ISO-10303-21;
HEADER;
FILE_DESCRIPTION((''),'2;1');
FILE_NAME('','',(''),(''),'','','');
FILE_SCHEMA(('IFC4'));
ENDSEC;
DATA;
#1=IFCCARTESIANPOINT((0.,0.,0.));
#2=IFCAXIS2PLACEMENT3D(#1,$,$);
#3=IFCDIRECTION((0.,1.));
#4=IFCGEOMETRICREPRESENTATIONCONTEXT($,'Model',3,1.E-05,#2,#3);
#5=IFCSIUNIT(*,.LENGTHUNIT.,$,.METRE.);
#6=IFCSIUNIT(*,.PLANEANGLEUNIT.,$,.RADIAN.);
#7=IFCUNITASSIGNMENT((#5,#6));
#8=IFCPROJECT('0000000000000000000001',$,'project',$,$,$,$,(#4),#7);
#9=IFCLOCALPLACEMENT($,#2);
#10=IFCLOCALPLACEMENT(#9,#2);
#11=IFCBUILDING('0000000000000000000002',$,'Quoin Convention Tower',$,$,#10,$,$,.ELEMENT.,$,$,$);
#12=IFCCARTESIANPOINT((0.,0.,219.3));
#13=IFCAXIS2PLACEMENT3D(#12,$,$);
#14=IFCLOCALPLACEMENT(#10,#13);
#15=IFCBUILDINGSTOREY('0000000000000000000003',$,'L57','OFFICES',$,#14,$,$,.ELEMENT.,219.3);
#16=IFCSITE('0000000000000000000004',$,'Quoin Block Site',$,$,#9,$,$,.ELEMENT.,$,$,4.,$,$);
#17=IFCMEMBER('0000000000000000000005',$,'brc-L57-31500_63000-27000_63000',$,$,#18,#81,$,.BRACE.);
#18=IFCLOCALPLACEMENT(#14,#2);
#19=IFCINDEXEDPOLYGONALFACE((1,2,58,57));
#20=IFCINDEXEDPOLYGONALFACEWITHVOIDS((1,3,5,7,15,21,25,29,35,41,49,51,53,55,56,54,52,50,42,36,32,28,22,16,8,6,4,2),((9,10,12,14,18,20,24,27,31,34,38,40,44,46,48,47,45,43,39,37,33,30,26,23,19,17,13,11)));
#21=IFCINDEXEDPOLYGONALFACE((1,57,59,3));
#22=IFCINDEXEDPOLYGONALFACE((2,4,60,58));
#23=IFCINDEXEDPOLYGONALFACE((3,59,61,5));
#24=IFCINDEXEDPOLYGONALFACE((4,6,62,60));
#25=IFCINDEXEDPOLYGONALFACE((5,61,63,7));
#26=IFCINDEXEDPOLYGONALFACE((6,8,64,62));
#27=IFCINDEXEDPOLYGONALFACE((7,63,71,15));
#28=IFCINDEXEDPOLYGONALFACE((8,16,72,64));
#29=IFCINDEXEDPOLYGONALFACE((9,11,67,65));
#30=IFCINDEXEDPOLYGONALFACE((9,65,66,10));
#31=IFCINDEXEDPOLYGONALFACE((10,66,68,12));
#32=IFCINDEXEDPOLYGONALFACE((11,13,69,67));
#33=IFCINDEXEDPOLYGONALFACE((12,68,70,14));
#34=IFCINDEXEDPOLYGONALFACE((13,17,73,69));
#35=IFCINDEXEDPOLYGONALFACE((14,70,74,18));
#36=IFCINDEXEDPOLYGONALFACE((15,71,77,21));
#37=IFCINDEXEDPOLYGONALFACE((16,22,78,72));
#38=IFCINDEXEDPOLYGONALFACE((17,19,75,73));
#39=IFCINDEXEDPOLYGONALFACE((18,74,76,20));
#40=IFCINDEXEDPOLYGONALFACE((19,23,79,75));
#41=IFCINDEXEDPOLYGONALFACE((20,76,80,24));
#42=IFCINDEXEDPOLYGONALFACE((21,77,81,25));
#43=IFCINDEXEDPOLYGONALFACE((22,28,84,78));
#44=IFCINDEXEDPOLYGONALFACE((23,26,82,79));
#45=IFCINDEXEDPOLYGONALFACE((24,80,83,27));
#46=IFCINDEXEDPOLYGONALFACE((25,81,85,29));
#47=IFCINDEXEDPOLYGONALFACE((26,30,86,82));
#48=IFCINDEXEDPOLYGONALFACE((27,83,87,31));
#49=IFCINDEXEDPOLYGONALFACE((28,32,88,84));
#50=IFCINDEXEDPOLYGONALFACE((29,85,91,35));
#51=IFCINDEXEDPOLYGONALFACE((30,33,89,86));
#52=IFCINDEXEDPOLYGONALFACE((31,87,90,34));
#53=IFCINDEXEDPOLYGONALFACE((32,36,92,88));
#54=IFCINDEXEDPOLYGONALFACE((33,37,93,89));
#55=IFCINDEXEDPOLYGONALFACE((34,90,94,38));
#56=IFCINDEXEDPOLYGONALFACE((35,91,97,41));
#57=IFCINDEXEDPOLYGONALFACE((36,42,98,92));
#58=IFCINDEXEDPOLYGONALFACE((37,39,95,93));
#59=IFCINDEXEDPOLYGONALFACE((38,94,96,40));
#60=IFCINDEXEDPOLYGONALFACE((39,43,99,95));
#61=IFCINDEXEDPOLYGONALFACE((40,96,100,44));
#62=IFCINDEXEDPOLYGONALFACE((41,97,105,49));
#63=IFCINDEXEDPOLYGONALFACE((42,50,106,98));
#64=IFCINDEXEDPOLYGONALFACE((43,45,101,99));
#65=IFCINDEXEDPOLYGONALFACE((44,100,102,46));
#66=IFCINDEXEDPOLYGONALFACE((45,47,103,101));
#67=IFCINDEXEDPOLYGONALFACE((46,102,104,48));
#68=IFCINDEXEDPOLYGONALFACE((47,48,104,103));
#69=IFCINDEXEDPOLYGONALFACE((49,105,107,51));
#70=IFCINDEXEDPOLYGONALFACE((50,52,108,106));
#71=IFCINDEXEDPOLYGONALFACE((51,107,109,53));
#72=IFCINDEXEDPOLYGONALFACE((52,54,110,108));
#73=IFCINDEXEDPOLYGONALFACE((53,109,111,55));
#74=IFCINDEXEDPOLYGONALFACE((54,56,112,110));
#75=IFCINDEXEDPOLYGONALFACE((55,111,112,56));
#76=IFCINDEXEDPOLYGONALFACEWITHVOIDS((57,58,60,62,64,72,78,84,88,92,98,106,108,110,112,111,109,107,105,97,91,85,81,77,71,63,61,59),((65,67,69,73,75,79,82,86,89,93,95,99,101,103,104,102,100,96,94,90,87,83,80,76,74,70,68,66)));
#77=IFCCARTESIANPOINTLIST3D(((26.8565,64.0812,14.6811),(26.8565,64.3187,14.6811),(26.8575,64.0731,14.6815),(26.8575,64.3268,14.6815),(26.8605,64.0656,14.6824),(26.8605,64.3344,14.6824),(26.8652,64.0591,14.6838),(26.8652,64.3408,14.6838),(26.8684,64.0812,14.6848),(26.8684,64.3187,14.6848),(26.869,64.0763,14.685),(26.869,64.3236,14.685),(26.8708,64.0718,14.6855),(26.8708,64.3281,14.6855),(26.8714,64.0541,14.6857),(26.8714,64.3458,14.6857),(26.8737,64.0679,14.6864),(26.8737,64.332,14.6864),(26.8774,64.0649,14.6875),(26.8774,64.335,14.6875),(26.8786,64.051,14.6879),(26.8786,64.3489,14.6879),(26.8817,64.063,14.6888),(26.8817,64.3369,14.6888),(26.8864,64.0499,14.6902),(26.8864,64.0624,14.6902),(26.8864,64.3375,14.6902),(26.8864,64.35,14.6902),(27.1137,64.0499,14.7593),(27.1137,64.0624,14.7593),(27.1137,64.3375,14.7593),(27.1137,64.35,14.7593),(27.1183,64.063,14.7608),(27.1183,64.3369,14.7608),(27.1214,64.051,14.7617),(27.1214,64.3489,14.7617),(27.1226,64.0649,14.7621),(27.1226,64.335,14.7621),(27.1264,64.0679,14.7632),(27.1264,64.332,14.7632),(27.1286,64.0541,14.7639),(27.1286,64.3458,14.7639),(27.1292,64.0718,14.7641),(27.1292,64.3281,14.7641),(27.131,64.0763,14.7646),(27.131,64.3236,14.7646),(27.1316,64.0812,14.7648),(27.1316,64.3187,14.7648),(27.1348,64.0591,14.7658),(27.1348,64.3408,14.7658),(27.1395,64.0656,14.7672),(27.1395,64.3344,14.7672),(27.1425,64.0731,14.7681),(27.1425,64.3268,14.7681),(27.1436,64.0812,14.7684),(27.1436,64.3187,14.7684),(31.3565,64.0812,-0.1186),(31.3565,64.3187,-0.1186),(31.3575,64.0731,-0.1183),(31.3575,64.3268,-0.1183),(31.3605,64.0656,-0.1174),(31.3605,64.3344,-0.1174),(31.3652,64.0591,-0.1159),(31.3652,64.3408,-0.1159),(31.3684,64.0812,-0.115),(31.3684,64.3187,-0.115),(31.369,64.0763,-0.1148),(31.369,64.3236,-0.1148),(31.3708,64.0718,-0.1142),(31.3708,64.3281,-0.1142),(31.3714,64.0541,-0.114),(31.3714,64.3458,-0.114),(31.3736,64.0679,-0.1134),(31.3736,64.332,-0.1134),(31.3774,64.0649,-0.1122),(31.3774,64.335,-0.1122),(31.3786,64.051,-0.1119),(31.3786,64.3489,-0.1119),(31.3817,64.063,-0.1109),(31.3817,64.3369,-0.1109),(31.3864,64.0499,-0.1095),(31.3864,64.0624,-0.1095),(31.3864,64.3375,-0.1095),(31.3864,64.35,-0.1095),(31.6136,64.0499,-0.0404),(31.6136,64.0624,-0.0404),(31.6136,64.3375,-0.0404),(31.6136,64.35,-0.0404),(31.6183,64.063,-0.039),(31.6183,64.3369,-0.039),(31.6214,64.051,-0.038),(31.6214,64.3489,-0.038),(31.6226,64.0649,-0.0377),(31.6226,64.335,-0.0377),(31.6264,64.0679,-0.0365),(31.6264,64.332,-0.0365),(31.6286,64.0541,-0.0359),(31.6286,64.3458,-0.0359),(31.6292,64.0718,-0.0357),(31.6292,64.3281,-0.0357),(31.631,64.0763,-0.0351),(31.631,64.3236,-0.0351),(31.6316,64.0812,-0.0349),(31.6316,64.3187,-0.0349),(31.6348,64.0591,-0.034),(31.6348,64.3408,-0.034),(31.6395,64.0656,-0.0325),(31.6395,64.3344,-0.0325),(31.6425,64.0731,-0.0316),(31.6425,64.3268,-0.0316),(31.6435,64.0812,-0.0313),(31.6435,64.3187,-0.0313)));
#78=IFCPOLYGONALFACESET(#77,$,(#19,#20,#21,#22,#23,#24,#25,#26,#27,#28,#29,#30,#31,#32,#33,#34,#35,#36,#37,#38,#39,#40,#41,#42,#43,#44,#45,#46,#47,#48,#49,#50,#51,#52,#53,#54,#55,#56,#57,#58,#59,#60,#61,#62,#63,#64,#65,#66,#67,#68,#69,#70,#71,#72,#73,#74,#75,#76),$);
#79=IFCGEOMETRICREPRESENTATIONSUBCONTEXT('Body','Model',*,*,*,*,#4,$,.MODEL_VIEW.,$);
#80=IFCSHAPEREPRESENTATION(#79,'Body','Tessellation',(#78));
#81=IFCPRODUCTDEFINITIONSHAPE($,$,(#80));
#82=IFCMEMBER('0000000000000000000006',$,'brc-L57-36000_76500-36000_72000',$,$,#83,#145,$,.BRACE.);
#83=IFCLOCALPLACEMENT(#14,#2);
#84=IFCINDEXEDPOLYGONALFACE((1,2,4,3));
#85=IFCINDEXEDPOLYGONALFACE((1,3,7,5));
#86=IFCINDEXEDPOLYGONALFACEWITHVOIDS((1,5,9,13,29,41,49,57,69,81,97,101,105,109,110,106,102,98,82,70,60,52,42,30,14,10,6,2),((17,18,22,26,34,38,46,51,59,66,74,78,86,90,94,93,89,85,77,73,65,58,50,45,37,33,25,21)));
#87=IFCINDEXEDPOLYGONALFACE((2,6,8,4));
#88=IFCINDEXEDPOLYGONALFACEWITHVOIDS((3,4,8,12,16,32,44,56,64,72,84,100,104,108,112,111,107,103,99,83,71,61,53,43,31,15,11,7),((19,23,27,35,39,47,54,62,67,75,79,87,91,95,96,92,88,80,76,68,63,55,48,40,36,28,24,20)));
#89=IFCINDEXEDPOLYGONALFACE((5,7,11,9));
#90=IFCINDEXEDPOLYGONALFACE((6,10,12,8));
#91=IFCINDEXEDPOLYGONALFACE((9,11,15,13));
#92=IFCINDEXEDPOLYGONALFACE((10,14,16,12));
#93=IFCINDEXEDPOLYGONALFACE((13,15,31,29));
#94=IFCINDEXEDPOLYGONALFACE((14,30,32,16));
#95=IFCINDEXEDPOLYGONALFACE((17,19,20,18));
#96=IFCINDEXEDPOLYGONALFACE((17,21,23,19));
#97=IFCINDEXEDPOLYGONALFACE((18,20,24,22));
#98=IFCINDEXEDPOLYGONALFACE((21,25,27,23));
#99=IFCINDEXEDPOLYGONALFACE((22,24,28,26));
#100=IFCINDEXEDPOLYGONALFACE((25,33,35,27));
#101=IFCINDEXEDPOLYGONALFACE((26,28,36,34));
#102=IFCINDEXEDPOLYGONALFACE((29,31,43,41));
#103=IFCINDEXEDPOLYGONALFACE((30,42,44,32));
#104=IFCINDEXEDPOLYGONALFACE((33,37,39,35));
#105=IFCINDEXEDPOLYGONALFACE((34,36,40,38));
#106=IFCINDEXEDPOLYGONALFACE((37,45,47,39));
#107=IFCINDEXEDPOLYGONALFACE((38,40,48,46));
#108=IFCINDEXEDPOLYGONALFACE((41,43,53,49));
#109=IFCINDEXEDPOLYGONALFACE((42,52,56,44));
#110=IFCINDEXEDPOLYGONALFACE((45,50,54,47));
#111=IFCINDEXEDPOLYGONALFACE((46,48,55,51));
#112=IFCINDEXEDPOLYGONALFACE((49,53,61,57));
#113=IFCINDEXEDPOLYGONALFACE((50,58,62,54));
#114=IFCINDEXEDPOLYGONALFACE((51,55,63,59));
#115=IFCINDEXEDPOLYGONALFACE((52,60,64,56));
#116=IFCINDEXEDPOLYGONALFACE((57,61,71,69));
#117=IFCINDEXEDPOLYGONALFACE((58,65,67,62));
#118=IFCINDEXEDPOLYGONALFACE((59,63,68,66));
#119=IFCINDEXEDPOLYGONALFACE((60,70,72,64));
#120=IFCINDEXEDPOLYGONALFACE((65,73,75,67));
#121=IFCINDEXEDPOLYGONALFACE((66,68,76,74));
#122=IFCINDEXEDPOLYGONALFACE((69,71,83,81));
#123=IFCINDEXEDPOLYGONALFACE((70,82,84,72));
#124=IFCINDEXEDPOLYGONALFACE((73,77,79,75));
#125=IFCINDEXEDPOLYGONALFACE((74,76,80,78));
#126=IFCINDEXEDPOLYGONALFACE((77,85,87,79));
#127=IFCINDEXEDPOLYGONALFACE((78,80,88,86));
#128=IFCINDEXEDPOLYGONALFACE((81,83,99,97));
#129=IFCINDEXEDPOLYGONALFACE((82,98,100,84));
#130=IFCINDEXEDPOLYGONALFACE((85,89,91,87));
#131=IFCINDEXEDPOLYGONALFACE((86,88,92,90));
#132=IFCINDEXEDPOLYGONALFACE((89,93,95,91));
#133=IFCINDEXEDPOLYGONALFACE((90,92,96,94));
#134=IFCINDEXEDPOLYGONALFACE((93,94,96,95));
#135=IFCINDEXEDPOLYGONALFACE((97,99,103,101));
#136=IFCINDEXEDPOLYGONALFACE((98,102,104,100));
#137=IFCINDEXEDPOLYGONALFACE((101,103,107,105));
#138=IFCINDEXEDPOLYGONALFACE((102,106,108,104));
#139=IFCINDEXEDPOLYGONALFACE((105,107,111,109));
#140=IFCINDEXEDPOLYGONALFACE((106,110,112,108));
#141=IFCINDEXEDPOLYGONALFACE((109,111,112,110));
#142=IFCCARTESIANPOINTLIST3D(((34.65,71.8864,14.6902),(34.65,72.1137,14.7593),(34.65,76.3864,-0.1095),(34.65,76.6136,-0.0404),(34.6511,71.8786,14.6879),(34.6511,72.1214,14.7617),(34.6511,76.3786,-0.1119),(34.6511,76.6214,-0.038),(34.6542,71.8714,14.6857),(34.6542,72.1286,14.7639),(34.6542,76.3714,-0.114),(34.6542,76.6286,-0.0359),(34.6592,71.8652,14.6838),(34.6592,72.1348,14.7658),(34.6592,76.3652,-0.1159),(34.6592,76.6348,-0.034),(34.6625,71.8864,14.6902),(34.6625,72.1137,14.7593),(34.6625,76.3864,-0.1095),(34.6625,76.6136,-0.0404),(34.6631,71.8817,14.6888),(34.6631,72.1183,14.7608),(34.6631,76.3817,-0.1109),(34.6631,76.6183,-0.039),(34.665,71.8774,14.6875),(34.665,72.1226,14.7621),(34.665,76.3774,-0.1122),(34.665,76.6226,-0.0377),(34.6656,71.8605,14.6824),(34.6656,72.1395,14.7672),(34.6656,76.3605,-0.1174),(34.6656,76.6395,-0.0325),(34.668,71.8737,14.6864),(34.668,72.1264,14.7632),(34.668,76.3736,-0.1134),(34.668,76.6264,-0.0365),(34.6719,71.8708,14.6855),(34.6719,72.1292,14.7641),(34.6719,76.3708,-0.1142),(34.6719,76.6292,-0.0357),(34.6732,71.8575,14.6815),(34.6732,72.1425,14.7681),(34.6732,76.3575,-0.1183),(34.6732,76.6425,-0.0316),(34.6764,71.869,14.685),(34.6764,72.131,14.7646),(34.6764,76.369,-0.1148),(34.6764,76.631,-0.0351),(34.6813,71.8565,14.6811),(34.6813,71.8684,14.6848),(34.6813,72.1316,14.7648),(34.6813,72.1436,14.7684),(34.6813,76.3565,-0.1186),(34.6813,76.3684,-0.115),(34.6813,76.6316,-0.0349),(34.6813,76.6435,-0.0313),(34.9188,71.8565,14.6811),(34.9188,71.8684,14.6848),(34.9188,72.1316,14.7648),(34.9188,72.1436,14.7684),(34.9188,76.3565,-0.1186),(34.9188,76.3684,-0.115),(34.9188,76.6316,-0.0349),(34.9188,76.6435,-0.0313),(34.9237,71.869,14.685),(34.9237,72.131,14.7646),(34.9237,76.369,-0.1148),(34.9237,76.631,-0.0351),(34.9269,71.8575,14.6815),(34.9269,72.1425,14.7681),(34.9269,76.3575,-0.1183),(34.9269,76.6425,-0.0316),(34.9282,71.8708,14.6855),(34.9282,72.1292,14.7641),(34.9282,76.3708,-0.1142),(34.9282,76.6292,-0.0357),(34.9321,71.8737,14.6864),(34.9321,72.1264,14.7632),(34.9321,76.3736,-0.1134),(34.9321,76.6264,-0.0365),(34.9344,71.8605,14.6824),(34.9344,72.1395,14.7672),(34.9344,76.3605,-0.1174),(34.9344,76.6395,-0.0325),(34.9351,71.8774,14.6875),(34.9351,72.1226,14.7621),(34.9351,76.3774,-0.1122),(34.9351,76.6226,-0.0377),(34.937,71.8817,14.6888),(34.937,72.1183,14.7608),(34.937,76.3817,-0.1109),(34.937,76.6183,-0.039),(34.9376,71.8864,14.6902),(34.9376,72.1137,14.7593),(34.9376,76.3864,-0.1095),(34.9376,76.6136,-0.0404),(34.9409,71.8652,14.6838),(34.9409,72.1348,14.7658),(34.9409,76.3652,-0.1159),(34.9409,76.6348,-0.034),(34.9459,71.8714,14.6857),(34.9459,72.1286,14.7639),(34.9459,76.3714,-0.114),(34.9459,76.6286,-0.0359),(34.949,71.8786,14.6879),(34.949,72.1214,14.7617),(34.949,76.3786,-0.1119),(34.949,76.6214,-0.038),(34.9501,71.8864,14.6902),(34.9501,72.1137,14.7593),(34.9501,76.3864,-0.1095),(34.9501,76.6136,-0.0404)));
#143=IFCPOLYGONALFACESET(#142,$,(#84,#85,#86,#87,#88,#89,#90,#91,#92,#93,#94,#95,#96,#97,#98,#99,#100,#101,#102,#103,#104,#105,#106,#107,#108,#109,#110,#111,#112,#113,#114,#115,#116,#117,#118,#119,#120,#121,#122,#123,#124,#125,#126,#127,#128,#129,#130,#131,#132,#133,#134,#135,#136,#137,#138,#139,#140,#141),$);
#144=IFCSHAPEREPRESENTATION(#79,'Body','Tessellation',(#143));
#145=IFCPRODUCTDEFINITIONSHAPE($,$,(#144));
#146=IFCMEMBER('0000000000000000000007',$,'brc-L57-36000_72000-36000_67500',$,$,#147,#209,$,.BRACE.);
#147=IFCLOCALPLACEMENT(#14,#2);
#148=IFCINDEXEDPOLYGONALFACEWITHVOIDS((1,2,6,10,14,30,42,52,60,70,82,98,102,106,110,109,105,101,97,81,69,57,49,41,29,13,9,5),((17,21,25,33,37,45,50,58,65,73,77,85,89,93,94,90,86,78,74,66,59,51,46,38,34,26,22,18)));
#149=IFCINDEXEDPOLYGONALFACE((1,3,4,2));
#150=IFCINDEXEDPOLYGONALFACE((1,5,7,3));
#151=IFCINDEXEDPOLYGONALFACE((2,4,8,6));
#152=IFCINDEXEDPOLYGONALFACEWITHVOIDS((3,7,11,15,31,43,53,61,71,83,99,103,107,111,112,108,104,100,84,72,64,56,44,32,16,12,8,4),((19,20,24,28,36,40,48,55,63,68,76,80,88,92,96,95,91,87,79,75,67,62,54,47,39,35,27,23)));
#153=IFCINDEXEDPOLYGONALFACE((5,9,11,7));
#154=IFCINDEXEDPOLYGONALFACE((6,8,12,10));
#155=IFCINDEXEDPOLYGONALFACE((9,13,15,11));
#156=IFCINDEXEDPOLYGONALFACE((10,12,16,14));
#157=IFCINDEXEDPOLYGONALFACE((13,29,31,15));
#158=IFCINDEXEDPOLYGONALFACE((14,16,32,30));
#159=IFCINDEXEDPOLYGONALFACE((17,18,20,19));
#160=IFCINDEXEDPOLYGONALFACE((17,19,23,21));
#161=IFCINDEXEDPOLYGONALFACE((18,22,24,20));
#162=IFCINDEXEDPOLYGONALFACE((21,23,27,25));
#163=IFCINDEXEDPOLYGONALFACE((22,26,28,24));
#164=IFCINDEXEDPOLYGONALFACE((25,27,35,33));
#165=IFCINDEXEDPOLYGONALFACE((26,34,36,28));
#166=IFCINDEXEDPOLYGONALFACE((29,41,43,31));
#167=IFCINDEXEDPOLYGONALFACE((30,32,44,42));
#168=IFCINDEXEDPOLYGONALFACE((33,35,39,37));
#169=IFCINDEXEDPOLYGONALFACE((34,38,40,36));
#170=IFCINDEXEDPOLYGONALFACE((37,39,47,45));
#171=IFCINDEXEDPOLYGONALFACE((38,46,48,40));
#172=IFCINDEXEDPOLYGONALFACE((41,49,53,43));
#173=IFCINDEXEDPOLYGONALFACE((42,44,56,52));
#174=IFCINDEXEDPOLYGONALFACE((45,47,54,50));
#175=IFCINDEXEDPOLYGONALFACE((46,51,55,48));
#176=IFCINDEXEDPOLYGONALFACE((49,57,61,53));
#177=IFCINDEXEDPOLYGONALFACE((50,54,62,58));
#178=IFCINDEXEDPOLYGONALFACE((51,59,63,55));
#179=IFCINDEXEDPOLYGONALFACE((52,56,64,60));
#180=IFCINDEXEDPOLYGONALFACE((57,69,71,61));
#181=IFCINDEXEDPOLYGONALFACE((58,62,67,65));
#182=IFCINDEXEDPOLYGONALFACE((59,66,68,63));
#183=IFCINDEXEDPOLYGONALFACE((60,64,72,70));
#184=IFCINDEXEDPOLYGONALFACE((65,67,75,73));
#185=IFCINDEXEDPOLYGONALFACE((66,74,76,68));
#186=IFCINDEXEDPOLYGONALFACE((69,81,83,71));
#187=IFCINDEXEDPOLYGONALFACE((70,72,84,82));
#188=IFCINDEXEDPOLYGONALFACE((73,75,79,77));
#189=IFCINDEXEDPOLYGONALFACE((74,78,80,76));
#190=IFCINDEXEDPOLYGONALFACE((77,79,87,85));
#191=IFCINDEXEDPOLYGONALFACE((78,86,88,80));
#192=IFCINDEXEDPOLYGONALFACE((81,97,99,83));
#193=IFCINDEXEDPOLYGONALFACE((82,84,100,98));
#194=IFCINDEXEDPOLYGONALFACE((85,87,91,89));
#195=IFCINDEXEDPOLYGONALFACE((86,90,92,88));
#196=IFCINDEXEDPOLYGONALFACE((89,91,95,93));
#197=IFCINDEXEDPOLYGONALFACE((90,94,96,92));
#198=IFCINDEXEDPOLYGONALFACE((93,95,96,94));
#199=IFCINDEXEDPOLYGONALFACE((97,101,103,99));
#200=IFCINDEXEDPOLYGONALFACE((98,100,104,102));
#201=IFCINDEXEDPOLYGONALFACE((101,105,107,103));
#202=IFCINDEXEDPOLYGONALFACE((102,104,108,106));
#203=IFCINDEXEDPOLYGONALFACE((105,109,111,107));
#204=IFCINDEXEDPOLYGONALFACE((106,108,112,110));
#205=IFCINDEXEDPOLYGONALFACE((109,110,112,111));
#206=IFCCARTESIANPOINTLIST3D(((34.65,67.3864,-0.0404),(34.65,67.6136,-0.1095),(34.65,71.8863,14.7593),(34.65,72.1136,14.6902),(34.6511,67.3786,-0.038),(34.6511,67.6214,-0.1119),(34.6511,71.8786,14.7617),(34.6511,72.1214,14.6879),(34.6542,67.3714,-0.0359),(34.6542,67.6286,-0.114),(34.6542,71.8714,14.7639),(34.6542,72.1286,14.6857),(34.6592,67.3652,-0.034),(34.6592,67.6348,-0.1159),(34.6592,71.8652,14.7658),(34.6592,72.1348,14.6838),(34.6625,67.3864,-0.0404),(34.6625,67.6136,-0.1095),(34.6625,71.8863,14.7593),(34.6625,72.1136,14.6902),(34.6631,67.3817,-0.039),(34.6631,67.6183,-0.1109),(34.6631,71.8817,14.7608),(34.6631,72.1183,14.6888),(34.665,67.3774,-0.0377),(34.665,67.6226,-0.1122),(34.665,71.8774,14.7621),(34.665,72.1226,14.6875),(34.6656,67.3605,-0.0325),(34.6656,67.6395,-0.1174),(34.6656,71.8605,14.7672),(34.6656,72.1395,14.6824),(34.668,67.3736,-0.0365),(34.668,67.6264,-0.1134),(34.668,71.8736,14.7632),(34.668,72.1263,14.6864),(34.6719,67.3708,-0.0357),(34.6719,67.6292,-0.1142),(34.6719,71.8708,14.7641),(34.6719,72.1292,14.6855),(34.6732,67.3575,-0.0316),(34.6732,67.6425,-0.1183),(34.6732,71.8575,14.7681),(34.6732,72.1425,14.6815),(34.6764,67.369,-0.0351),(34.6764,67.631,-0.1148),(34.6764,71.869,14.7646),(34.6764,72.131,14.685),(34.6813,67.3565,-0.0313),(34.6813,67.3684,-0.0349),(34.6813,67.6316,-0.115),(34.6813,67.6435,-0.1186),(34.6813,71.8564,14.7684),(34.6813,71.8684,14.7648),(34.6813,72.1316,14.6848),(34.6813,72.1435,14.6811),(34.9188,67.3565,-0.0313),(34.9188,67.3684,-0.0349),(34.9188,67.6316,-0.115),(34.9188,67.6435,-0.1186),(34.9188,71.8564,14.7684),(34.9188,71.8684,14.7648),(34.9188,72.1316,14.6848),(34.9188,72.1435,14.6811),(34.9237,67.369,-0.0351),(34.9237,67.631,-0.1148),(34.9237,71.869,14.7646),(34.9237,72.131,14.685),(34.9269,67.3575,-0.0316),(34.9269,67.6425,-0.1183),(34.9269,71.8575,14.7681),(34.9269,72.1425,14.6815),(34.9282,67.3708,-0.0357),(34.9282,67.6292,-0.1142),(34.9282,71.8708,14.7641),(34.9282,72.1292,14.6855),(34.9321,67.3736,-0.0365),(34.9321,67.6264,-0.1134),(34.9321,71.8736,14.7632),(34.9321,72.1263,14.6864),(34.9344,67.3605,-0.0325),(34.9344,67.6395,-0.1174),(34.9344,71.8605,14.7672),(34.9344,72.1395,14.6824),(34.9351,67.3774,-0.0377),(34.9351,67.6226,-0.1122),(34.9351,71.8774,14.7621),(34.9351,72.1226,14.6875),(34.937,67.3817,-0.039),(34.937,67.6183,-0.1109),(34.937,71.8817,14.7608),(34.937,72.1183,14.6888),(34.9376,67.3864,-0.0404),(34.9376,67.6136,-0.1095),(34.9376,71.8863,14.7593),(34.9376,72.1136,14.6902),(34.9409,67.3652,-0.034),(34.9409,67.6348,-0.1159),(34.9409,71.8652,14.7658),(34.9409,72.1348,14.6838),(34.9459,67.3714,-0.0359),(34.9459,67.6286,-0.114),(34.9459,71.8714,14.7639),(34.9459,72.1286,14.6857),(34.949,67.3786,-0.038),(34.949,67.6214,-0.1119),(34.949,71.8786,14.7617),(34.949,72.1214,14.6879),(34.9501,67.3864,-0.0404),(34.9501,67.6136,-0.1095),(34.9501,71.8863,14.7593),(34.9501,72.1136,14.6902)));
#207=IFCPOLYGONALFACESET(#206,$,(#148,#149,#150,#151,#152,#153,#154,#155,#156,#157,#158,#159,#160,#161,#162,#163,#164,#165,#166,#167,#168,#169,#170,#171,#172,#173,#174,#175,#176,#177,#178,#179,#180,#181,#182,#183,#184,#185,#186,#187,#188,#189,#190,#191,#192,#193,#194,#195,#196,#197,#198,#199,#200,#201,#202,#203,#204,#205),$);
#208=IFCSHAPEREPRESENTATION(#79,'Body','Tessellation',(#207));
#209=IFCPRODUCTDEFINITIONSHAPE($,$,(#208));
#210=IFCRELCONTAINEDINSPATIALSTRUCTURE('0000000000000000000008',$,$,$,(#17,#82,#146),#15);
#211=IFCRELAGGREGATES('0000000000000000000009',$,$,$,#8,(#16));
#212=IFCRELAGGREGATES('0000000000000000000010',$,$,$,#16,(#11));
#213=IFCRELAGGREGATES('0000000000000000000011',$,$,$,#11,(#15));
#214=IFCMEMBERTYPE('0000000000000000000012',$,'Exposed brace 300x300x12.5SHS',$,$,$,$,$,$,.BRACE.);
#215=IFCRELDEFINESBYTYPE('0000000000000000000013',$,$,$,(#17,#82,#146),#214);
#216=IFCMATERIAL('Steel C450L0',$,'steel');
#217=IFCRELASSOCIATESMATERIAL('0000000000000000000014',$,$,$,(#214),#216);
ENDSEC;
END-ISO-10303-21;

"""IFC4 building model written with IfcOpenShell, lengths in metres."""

from ifc_helpers import new_model, si_unit, direction, frame, origin, origin_2d, place, context, subcontext, project, spatial, hollow_rectangle, extrude, material, material_profile, profile_set, type_object, element, save


model = new_model("IFC4")

# Units and contexts
model_context = context("Model", 3, precision=1e-05, world=origin(), true_north=direction((0.0, 1.0)))
body_context = subcontext(model_context, "Body", "Model", "MODEL_VIEW")
ifc_project = project(units=[si_unit("LENGTHUNIT", "METRE"), si_unit("PLANEANGLEUNIT", "RADIAN")], contexts=[model_context])

# Site, building, storey
site_placement = place(None, origin())
site = spatial("IfcSite", under=ifc_project, at=site_placement, Name="Quoin Block Site", CompositionType="ELEMENT", RefElevation=4.0)
building_placement = place(site_placement, origin())
building = spatial("IfcBuilding", under=site, at=building_placement, Name="Quoin Convention Tower", CompositionType="ELEMENT")
storey_placement = place(building_placement, frame((0.0, 0.0, 219.3)))
storey = spatial("IfcBuildingStorey", under=building, at=storey_placement, Name="L57", Description="OFFICES", CompositionType="ELEMENT", Elevation=219.3)

# Members
ifc_material_1 = material(Name="Steel C450L0", Category="steel")
ifc_material_profile_1 = material_profile(ifc_material_1, hollow_rectangle(XDim=0.3, YDim=0.3, WallThickness=0.0125, InnerFilletRadius=0.0188, OuterFilletRadius=0.0312, at=origin_2d()), Name="300x300x12.5SHS")
ifc_profile_set_1 = profile_set([ifc_material_profile_1], Name="Steel C450L0")
member_type = type_object("IfcMemberType", Name="Exposed brace 300x300x12.5SHS", PredefinedType="BRACE", material=ifc_profile_set_1)
for number, where, z_axis, x_axis, name in (
    (1, (31.5, 64.2, -0.075), (-0.290908, 0.0, 0.956751), (0.0, -1.0, 0.0), "brc-L57-31500_63000-27000_63000"),
    (2, (34.8, 76.5, -0.075), (0.0, -0.290908, 0.956751), (1.0, 0.0, 0.0), "brc-L57-36000_76500-36000_72000"),
    (3, (34.8, 67.5, -0.075), (0.0, 0.290908, 0.956751), (-1.0, 0.0, 0.0), "brc-L57-36000_72000-36000_67500"),
):
    element("IfcMember", number, at=place(storey_placement, frame(where, z_axis=z_axis, x_axis=x_axis)), inside=storey, type_object=member_type, Name=name, PredefinedType="BRACE", context=body_context, shape_type="SweptSolid", body=[
        extrude(hollow_rectangle(XDim=0.3, YDim=0.3, WallThickness=0.0125, InnerFilletRadius=0.0188, OuterFilletRadius=0.0312, at=origin_2d()), origin(), (0.0, 0.0, 1.0), 15.4688),
    ])

save(model, "model.ifc")
